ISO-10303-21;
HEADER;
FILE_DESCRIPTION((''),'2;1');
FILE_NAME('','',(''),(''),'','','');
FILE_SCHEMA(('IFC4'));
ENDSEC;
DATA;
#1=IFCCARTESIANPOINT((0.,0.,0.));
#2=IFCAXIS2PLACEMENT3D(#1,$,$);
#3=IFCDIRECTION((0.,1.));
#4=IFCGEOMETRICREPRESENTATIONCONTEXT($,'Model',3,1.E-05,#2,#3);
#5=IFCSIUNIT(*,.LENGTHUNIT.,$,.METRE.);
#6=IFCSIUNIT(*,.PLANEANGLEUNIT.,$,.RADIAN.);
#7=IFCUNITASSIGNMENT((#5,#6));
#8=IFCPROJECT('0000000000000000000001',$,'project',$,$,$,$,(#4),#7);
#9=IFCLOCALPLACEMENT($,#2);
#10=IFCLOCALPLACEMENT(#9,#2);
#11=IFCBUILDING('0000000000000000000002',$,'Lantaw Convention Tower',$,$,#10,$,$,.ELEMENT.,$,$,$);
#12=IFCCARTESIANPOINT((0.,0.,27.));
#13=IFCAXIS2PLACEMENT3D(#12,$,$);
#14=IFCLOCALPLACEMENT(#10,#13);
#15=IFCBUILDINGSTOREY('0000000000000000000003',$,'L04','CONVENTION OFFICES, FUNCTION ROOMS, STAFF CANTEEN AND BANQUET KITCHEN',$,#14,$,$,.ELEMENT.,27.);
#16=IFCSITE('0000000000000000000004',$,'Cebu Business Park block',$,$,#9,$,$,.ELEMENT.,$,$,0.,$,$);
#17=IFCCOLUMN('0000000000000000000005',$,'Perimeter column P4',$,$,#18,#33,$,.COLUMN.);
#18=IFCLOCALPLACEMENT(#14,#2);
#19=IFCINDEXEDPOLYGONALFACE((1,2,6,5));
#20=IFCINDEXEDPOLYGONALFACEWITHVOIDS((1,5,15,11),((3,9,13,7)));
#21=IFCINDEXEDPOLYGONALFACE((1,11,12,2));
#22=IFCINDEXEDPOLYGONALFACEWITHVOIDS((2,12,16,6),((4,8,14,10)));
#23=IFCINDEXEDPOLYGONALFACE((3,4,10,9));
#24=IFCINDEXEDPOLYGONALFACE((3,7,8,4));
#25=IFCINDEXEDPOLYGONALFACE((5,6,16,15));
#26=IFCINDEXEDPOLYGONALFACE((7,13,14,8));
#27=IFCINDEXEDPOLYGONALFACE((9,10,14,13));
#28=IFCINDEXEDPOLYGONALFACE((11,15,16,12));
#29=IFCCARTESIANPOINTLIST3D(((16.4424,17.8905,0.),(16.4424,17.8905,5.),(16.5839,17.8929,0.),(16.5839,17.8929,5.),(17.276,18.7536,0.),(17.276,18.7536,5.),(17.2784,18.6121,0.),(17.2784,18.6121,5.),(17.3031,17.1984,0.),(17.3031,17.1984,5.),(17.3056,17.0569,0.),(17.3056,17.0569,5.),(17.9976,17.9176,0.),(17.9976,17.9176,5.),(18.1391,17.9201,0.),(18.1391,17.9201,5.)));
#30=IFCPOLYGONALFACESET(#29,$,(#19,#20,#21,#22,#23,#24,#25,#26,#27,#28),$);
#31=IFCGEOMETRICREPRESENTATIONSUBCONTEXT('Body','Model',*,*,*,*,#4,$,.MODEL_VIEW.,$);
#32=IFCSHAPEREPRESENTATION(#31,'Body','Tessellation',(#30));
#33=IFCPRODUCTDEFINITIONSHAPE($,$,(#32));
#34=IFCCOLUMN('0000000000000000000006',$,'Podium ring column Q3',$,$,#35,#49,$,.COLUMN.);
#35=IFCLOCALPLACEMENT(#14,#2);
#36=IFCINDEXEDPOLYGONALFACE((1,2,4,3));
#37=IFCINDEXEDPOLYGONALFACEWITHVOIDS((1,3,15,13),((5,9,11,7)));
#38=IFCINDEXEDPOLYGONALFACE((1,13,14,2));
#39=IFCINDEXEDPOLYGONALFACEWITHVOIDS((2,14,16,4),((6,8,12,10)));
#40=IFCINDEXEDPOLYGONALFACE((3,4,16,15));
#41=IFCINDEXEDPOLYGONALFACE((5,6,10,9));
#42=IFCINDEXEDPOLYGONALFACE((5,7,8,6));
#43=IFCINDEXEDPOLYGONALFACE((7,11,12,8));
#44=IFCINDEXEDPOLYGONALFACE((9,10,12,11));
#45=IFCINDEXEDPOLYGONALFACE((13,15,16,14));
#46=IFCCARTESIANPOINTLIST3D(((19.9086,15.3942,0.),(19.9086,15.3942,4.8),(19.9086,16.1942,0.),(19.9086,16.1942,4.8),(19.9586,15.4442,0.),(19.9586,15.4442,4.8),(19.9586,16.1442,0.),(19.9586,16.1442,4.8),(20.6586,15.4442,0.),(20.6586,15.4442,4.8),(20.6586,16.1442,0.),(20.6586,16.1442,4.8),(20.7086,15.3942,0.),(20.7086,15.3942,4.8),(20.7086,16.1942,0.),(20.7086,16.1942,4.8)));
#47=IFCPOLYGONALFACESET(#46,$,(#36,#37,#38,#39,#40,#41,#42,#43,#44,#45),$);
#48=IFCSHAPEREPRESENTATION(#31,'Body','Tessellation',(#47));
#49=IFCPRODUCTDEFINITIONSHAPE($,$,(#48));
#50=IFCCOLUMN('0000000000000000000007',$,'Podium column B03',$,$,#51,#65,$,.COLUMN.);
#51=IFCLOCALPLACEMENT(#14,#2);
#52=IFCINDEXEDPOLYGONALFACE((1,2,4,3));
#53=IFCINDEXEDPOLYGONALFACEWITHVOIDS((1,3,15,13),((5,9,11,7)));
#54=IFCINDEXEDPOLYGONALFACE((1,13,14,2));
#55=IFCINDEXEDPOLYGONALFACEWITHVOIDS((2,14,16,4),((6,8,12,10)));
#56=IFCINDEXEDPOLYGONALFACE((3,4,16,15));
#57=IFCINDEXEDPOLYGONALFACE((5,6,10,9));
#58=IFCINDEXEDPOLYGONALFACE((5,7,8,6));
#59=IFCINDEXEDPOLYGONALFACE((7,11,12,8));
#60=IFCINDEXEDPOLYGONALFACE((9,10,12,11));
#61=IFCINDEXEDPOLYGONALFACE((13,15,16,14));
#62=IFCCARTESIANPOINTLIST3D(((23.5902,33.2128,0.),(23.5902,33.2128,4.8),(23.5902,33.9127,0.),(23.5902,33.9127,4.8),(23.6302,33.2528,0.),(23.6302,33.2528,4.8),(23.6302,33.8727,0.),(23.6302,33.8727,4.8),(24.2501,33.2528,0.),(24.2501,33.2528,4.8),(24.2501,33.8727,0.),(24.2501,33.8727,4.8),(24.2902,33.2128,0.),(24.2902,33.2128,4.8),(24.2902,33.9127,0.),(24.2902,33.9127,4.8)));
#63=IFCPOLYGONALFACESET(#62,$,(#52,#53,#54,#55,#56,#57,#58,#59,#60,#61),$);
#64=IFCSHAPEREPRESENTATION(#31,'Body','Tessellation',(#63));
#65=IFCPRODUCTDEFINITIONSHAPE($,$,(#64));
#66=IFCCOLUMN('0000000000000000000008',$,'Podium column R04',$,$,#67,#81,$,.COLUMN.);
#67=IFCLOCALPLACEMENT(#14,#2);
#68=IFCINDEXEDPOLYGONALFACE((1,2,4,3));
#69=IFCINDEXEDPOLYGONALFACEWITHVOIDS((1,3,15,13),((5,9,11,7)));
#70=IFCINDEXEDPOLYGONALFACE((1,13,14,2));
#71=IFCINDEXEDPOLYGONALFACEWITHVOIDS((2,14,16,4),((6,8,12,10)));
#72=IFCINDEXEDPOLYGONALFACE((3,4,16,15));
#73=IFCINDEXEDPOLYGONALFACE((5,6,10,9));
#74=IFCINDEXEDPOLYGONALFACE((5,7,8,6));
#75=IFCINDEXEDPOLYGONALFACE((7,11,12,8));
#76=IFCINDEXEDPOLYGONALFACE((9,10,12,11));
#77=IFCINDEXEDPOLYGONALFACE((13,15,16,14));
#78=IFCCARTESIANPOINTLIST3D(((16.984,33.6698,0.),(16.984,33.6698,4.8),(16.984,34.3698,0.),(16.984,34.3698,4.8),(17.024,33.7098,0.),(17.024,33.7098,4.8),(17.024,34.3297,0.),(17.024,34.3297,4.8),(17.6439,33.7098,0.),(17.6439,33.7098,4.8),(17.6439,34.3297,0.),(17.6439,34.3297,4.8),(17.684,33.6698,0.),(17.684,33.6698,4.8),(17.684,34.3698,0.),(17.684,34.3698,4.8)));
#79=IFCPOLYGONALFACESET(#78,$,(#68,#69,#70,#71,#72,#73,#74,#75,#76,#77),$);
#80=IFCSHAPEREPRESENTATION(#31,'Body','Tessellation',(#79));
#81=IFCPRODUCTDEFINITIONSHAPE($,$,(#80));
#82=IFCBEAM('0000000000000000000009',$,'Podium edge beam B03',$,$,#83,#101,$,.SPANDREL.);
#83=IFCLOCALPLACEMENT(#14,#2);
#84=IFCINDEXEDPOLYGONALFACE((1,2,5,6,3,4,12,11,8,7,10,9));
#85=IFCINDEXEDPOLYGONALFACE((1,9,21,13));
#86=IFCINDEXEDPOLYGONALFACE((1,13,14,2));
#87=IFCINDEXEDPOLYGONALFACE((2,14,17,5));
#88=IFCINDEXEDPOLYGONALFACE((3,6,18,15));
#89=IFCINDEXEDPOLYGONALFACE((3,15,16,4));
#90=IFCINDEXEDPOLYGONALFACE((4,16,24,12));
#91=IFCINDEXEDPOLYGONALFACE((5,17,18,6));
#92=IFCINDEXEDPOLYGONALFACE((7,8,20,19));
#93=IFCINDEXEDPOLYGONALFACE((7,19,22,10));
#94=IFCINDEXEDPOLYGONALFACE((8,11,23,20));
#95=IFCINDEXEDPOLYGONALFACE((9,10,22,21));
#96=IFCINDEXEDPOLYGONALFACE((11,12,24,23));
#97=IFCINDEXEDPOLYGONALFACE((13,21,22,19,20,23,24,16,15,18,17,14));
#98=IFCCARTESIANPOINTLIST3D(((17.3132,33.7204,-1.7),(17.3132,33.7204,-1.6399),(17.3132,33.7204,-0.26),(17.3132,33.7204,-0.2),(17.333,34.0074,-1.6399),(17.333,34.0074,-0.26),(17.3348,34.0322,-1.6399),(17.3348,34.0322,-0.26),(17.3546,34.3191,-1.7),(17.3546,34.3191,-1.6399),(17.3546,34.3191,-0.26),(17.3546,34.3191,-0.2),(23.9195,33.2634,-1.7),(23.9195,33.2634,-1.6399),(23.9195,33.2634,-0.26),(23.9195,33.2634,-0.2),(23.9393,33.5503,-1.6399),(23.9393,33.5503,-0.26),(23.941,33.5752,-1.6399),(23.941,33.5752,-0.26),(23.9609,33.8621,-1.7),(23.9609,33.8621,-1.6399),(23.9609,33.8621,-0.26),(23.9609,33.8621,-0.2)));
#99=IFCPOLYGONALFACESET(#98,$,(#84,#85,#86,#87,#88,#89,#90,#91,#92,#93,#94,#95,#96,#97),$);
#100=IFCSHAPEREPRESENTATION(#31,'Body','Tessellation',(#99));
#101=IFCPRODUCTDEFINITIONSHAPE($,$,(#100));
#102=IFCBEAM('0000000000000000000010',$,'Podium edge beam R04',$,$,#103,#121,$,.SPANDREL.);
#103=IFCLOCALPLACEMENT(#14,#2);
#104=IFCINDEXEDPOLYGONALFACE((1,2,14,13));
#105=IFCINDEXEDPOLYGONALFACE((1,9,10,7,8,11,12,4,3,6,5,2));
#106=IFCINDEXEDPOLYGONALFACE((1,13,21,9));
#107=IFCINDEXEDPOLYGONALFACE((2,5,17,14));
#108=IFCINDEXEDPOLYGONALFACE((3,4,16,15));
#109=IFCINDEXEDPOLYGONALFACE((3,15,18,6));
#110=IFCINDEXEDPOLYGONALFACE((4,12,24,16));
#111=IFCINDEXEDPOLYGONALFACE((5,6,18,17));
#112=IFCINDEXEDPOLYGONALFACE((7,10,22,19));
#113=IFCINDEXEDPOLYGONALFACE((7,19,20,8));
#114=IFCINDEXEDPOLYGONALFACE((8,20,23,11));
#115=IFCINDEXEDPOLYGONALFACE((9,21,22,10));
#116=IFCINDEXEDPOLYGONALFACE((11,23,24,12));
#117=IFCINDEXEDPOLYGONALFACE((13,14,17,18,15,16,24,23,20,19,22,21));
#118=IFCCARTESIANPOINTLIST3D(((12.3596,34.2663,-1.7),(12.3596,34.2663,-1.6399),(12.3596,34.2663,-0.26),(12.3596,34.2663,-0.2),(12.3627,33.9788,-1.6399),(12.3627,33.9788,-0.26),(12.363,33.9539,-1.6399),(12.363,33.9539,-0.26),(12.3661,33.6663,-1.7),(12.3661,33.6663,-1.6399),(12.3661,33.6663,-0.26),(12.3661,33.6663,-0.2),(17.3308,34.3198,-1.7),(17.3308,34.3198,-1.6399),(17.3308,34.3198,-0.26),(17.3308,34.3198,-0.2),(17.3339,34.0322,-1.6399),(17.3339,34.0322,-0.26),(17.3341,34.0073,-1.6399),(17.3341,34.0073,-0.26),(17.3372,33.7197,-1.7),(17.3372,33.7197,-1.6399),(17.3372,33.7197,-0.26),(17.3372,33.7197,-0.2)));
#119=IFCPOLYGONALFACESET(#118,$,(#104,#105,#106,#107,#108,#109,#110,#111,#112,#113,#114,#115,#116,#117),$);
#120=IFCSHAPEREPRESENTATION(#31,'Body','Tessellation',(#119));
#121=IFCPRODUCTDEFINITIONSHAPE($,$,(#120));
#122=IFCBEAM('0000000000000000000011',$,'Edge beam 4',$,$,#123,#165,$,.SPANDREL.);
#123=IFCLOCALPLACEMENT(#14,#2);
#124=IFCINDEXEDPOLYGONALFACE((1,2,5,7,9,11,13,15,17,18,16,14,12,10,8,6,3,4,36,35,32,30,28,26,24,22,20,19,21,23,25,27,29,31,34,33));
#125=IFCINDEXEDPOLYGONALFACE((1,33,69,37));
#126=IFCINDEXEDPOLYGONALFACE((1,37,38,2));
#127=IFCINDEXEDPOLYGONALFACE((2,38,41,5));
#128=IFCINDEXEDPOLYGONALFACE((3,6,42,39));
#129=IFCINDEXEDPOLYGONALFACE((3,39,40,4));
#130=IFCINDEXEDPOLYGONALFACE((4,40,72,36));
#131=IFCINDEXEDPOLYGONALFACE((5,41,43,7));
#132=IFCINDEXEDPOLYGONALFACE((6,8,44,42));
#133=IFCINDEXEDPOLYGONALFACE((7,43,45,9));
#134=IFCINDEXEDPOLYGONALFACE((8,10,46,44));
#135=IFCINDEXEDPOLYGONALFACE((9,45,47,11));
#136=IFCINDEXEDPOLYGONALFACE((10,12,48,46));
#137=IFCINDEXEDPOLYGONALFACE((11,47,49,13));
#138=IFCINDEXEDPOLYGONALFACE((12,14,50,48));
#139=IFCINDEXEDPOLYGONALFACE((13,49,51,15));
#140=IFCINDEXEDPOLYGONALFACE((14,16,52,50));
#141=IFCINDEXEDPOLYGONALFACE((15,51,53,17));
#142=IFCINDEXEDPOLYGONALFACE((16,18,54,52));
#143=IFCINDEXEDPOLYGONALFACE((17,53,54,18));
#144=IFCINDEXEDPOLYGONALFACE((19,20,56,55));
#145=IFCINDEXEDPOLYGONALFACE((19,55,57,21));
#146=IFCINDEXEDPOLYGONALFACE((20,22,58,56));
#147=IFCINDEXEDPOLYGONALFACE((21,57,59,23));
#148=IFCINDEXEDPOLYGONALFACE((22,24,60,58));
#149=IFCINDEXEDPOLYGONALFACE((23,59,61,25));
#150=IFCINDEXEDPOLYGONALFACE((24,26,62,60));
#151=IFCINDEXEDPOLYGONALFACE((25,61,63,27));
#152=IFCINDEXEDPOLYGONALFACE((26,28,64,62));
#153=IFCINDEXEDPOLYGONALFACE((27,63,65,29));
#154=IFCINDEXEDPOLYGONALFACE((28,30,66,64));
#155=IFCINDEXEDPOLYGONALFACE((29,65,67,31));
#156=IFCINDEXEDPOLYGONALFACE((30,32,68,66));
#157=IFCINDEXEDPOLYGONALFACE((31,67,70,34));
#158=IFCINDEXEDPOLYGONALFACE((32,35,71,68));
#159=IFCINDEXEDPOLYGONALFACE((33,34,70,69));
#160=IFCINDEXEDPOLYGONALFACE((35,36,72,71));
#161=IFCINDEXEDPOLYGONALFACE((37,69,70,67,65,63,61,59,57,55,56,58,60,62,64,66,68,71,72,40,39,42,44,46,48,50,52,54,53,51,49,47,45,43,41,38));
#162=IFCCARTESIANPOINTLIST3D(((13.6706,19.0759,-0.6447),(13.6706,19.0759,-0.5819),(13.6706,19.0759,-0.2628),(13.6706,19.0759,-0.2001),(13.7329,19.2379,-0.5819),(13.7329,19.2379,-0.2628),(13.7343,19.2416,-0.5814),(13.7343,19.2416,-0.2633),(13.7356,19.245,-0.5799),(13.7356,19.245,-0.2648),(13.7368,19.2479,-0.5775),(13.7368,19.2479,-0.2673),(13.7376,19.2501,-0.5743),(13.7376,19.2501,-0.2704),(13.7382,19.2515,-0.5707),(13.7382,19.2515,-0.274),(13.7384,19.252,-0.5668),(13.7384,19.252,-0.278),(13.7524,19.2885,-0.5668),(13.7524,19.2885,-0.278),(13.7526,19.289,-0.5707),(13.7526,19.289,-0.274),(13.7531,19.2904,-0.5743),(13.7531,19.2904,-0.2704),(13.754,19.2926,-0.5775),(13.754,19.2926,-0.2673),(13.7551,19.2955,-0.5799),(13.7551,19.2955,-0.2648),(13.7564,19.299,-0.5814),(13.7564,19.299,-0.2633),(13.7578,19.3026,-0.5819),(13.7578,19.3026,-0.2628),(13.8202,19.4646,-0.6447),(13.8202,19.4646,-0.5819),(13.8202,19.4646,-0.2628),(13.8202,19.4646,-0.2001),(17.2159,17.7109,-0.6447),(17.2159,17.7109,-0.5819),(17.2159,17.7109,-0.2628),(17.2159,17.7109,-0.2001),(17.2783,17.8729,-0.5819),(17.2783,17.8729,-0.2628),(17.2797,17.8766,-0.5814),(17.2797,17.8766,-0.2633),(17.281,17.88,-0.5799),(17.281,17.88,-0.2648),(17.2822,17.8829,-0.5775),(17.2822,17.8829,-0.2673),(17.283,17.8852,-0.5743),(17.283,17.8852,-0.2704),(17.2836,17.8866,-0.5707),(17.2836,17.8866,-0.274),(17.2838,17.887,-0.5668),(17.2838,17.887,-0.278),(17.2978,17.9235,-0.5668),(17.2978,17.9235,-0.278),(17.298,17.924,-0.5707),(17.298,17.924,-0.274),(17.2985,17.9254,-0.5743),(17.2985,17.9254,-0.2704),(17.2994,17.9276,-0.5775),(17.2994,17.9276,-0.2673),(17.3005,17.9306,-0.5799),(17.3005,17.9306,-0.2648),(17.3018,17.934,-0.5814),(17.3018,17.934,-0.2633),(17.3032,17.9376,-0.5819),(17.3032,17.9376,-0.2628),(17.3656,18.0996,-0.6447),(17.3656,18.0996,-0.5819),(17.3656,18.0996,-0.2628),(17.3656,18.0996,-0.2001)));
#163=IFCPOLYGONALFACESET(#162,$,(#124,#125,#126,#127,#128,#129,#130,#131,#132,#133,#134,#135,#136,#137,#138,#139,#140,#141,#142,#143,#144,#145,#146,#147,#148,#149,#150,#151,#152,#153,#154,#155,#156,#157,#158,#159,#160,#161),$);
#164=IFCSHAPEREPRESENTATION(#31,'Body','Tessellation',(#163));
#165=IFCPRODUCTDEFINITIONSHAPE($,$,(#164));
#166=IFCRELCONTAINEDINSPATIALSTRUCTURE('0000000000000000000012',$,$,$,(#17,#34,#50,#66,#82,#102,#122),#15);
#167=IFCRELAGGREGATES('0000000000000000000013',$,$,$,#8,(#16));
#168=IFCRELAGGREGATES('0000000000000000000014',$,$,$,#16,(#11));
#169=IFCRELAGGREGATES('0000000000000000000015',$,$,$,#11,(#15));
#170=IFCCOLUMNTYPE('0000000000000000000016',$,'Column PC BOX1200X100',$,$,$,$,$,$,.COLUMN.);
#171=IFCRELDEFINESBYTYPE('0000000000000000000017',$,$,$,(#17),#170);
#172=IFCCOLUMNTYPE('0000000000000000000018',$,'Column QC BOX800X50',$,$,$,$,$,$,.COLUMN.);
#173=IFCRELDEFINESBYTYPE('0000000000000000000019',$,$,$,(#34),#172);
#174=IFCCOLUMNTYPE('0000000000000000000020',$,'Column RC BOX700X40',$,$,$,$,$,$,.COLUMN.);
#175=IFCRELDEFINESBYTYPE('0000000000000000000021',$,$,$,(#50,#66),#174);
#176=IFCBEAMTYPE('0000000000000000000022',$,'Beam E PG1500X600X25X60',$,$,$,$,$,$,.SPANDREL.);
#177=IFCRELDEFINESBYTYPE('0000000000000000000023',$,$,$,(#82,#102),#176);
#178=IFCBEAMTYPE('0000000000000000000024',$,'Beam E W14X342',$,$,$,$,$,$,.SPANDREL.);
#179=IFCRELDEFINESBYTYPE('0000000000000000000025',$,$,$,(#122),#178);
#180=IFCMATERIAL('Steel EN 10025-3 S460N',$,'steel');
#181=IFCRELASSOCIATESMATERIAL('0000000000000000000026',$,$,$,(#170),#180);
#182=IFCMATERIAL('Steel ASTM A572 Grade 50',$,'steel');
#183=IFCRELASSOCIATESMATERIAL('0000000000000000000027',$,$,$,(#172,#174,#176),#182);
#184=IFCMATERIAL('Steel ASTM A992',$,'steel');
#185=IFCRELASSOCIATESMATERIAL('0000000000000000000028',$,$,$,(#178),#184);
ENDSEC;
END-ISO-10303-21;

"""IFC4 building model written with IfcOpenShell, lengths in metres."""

from ifc_helpers import new_model, si_unit, direction, frame, origin, origin_2d, place, context, subcontext, project, spatial, rectangle, hollow_rectangle, i_section, extrude, material, material_profile, profile_set, type_object, element, save


model = new_model("IFC4")

# Units and contexts
model_context = context("Model", 3, precision=1e-05, world=origin(), true_north=direction((0.0, 1.0)))
body_context = subcontext(model_context, "Body", "Model", "MODEL_VIEW")
ifc_project = project(units=[si_unit("LENGTHUNIT", "METRE"), si_unit("PLANEANGLEUNIT", "RADIAN")], contexts=[model_context])

# Site, building, storey
site_placement = place(None, origin())
site = spatial("IfcSite", under=ifc_project, at=site_placement, Name="Cebu Business Park block", CompositionType="ELEMENT", RefElevation=0.0)
building_placement = place(site_placement, origin())
building = spatial("IfcBuilding", under=site, at=building_placement, Name="Lantaw Convention Tower", CompositionType="ELEMENT")
storey_placement = place(building_placement, frame((0.0, 0.0, 27.0)))
storey = spatial("IfcBuildingStorey", under=building, at=storey_placement, Name="L04", Description="CONVENTION OFFICES, FUNCTION ROOMS, STAFF CANTEEN AND BANQUET KITCHEN", CompositionType="ELEMENT", Elevation=27.0)

# Columns
ifc_material_1 = material(Name="Steel EN 10025-3 S460N", Category="steel")
ifc_material_profile_1 = material_profile(ifc_material_1, hollow_rectangle(XDim=1.2, YDim=1.2, WallThickness=0.1001, at=origin_2d()), Name="BOX1200X100")
ifc_material_2 = material(Name="Concrete C60/75", Category="concrete")
ifc_material_profile_2 = material_profile(ifc_material_2, rectangle(XDim=1.0, YDim=1.0, at=origin_2d()), Name="Concrete fill of BOX1200X100")
ifc_profile_set_1 = profile_set([ifc_material_profile_1, ifc_material_profile_2], Name="Steel EN 10025-3 S460N")
column_type_1 = type_object("IfcColumnType", Name="Column PC BOX1200X100", PredefinedType="COLUMN", material=ifc_profile_set_1)
column_1_placement = place(storey_placement, frame((17.2908, 17.9053, 0.0), z_axis=(0.0, 0.0, 1.0), x_axis=(0.694658, 0.71934, 0.0)))
element("IfcColumn", 1, at=column_1_placement, inside=storey, type_object=column_type_1, Name="Perimeter column P4", PredefinedType="COLUMN", context=body_context, shape_type="SweptSolid", body=[
    extrude(hollow_rectangle(XDim=1.2, YDim=1.2, WallThickness=0.1001, at=origin_2d()), origin(), (0.0, 0.0, 1.0), 5.0),
])
ifc_material_3 = material(Name="Steel ASTM A572 Grade 50", Category="steel")
ifc_material_profile_3 = material_profile(ifc_material_3, hollow_rectangle(XDim=0.8, YDim=0.8, WallThickness=0.05, at=origin_2d()), Name="BOX800X50")
ifc_profile_set_2 = profile_set([ifc_material_profile_3], Name="Steel ASTM A572 Grade 50")
column_type_2 = type_object("IfcColumnType", Name="Column QC BOX800X50", PredefinedType="COLUMN", material=ifc_profile_set_2)
column_2_placement = place(storey_placement, frame((20.3086, 15.7942, 0.0), z_axis=(0.0, 0.0, 1.0), x_axis=(1.0, 0.0, 0.0)))
element("IfcColumn", 2, at=column_2_placement, inside=storey, type_object=column_type_2, Name="Podium ring column Q3", PredefinedType="COLUMN", context=body_context, shape_type="SweptSolid", body=[
    extrude(hollow_rectangle(XDim=0.8, YDim=0.8, WallThickness=0.05, at=origin_2d()), origin(), (0.0, 0.0, 1.0), 4.8),
])
ifc_material_profile_4 = material_profile(ifc_material_3, hollow_rectangle(XDim=0.7, YDim=0.7, WallThickness=0.04, at=origin_2d()), Name="BOX700X40")
ifc_profile_set_3 = profile_set([ifc_material_profile_4], Name="Steel ASTM A572 Grade 50")
column_type_3 = type_object("IfcColumnType", Name="Column RC BOX700X40", PredefinedType="COLUMN", material=ifc_profile_set_3)
for number, where, z_axis, x_axis, name in (
    (3, (23.9402, 33.5627, 0.0), (0.0, 0.0, 1.0), (1.0, 0.0, 0.0), "Podium column B03"),
    (4, (17.334, 34.0198, 0.0), (0.0, 0.0, 1.0), (1.0, 0.0, 0.0), "Podium column R04"),
):
    element("IfcColumn", number, at=place(storey_placement, frame(where, z_axis=z_axis, x_axis=x_axis)), inside=storey, type_object=column_type_3, Name=name, PredefinedType="COLUMN", context=body_context, shape_type="SweptSolid", body=[
        extrude(hollow_rectangle(XDim=0.7, YDim=0.7, WallThickness=0.04, at=origin_2d()), origin(), (0.0, 0.0, 1.0), 4.8),
    ])

# Beams
ifc_material_profile_5 = material_profile(ifc_material_3, i_section(OverallWidth=0.6001, OverallDepth=1.5, WebThickness=0.0249, FlangeThickness=0.0601, at=origin_2d()), Name="PG1500X600X25X60")
ifc_profile_set_4 = profile_set([ifc_material_profile_5], Name="Steel ASTM A572 Grade 50")
beam_type_1 = type_object("IfcBeamType", Name="Beam E PG1500X600X25X60", PredefinedType="SPANDREL", material=ifc_profile_set_4)
beam_1_placement = place(storey_placement, frame((23.9402, 33.5627, -0.95), z_axis=(-0.997615, 0.069017, 0.0), x_axis=(-0.069017, -0.997615, 0.0)))
element("IfcBeam", 5, at=beam_1_placement, inside=storey, type_object=beam_type_1, Name="Podium edge beam B03", PredefinedType="SPANDREL", context=body_context, shape_type="SweptSolid", body=[
    extrude(i_section(OverallWidth=0.6001, OverallDepth=1.5, WebThickness=0.0249, FlangeThickness=0.0601, at=origin_2d()), origin(), (0.0, 0.0, 1.0), 6.6221),
])
beam_2_placement = place(storey_placement, frame((17.334, 34.0198, -0.95), z_axis=(-0.999942, -0.010755, 0.0), x_axis=(0.010755, -0.999942, 0.0)))
element("IfcBeam", 6, at=beam_2_placement, inside=storey, type_object=beam_type_1, Name="Podium edge beam R04", PredefinedType="SPANDREL", context=body_context, shape_type="SweptSolid", body=[
    extrude(i_section(OverallWidth=0.6001, OverallDepth=1.5, WebThickness=0.0249, FlangeThickness=0.0601, at=origin_2d()), origin(), (0.0, 0.0, 1.0), 4.9714),
])
ifc_material_4 = material(Name="Steel ASTM A992", Category="steel")
ifc_material_profile_6 = material_profile(ifc_material_4, i_section(OverallWidth=0.4165, OverallDepth=0.4446, WebThickness=0.0391, FlangeThickness=0.0627, FilletRadius=0.0151, at=origin_2d()), Name="W14X342")
ifc_profile_set_5 = profile_set([ifc_material_profile_6], Name="Steel ASTM A992")
beam_type_2 = type_object("IfcBeamType", Name="Beam E W14X342", PredefinedType="SPANDREL", material=ifc_profile_set_5)
beam_3_placement = place(storey_placement, frame((17.2908, 17.9053, -0.4224), z_axis=(-0.933225, 0.359293, 0.0), x_axis=(-0.359293, -0.933225, 0.0)))
element("IfcBeam", 7, at=beam_3_placement, inside=storey, type_object=beam_type_2, Name="Edge beam 4", PredefinedType="SPANDREL", context=body_context, shape_type="SweptSolid", body=[
    extrude(i_section(OverallWidth=0.4165, OverallDepth=0.4446, WebThickness=0.0391, FlangeThickness=0.0627, FilletRadius=0.0151, at=origin_2d()), origin(), (0.0, 0.0, 1.0), 3.7991),
])

save(model, "model.ifc")
